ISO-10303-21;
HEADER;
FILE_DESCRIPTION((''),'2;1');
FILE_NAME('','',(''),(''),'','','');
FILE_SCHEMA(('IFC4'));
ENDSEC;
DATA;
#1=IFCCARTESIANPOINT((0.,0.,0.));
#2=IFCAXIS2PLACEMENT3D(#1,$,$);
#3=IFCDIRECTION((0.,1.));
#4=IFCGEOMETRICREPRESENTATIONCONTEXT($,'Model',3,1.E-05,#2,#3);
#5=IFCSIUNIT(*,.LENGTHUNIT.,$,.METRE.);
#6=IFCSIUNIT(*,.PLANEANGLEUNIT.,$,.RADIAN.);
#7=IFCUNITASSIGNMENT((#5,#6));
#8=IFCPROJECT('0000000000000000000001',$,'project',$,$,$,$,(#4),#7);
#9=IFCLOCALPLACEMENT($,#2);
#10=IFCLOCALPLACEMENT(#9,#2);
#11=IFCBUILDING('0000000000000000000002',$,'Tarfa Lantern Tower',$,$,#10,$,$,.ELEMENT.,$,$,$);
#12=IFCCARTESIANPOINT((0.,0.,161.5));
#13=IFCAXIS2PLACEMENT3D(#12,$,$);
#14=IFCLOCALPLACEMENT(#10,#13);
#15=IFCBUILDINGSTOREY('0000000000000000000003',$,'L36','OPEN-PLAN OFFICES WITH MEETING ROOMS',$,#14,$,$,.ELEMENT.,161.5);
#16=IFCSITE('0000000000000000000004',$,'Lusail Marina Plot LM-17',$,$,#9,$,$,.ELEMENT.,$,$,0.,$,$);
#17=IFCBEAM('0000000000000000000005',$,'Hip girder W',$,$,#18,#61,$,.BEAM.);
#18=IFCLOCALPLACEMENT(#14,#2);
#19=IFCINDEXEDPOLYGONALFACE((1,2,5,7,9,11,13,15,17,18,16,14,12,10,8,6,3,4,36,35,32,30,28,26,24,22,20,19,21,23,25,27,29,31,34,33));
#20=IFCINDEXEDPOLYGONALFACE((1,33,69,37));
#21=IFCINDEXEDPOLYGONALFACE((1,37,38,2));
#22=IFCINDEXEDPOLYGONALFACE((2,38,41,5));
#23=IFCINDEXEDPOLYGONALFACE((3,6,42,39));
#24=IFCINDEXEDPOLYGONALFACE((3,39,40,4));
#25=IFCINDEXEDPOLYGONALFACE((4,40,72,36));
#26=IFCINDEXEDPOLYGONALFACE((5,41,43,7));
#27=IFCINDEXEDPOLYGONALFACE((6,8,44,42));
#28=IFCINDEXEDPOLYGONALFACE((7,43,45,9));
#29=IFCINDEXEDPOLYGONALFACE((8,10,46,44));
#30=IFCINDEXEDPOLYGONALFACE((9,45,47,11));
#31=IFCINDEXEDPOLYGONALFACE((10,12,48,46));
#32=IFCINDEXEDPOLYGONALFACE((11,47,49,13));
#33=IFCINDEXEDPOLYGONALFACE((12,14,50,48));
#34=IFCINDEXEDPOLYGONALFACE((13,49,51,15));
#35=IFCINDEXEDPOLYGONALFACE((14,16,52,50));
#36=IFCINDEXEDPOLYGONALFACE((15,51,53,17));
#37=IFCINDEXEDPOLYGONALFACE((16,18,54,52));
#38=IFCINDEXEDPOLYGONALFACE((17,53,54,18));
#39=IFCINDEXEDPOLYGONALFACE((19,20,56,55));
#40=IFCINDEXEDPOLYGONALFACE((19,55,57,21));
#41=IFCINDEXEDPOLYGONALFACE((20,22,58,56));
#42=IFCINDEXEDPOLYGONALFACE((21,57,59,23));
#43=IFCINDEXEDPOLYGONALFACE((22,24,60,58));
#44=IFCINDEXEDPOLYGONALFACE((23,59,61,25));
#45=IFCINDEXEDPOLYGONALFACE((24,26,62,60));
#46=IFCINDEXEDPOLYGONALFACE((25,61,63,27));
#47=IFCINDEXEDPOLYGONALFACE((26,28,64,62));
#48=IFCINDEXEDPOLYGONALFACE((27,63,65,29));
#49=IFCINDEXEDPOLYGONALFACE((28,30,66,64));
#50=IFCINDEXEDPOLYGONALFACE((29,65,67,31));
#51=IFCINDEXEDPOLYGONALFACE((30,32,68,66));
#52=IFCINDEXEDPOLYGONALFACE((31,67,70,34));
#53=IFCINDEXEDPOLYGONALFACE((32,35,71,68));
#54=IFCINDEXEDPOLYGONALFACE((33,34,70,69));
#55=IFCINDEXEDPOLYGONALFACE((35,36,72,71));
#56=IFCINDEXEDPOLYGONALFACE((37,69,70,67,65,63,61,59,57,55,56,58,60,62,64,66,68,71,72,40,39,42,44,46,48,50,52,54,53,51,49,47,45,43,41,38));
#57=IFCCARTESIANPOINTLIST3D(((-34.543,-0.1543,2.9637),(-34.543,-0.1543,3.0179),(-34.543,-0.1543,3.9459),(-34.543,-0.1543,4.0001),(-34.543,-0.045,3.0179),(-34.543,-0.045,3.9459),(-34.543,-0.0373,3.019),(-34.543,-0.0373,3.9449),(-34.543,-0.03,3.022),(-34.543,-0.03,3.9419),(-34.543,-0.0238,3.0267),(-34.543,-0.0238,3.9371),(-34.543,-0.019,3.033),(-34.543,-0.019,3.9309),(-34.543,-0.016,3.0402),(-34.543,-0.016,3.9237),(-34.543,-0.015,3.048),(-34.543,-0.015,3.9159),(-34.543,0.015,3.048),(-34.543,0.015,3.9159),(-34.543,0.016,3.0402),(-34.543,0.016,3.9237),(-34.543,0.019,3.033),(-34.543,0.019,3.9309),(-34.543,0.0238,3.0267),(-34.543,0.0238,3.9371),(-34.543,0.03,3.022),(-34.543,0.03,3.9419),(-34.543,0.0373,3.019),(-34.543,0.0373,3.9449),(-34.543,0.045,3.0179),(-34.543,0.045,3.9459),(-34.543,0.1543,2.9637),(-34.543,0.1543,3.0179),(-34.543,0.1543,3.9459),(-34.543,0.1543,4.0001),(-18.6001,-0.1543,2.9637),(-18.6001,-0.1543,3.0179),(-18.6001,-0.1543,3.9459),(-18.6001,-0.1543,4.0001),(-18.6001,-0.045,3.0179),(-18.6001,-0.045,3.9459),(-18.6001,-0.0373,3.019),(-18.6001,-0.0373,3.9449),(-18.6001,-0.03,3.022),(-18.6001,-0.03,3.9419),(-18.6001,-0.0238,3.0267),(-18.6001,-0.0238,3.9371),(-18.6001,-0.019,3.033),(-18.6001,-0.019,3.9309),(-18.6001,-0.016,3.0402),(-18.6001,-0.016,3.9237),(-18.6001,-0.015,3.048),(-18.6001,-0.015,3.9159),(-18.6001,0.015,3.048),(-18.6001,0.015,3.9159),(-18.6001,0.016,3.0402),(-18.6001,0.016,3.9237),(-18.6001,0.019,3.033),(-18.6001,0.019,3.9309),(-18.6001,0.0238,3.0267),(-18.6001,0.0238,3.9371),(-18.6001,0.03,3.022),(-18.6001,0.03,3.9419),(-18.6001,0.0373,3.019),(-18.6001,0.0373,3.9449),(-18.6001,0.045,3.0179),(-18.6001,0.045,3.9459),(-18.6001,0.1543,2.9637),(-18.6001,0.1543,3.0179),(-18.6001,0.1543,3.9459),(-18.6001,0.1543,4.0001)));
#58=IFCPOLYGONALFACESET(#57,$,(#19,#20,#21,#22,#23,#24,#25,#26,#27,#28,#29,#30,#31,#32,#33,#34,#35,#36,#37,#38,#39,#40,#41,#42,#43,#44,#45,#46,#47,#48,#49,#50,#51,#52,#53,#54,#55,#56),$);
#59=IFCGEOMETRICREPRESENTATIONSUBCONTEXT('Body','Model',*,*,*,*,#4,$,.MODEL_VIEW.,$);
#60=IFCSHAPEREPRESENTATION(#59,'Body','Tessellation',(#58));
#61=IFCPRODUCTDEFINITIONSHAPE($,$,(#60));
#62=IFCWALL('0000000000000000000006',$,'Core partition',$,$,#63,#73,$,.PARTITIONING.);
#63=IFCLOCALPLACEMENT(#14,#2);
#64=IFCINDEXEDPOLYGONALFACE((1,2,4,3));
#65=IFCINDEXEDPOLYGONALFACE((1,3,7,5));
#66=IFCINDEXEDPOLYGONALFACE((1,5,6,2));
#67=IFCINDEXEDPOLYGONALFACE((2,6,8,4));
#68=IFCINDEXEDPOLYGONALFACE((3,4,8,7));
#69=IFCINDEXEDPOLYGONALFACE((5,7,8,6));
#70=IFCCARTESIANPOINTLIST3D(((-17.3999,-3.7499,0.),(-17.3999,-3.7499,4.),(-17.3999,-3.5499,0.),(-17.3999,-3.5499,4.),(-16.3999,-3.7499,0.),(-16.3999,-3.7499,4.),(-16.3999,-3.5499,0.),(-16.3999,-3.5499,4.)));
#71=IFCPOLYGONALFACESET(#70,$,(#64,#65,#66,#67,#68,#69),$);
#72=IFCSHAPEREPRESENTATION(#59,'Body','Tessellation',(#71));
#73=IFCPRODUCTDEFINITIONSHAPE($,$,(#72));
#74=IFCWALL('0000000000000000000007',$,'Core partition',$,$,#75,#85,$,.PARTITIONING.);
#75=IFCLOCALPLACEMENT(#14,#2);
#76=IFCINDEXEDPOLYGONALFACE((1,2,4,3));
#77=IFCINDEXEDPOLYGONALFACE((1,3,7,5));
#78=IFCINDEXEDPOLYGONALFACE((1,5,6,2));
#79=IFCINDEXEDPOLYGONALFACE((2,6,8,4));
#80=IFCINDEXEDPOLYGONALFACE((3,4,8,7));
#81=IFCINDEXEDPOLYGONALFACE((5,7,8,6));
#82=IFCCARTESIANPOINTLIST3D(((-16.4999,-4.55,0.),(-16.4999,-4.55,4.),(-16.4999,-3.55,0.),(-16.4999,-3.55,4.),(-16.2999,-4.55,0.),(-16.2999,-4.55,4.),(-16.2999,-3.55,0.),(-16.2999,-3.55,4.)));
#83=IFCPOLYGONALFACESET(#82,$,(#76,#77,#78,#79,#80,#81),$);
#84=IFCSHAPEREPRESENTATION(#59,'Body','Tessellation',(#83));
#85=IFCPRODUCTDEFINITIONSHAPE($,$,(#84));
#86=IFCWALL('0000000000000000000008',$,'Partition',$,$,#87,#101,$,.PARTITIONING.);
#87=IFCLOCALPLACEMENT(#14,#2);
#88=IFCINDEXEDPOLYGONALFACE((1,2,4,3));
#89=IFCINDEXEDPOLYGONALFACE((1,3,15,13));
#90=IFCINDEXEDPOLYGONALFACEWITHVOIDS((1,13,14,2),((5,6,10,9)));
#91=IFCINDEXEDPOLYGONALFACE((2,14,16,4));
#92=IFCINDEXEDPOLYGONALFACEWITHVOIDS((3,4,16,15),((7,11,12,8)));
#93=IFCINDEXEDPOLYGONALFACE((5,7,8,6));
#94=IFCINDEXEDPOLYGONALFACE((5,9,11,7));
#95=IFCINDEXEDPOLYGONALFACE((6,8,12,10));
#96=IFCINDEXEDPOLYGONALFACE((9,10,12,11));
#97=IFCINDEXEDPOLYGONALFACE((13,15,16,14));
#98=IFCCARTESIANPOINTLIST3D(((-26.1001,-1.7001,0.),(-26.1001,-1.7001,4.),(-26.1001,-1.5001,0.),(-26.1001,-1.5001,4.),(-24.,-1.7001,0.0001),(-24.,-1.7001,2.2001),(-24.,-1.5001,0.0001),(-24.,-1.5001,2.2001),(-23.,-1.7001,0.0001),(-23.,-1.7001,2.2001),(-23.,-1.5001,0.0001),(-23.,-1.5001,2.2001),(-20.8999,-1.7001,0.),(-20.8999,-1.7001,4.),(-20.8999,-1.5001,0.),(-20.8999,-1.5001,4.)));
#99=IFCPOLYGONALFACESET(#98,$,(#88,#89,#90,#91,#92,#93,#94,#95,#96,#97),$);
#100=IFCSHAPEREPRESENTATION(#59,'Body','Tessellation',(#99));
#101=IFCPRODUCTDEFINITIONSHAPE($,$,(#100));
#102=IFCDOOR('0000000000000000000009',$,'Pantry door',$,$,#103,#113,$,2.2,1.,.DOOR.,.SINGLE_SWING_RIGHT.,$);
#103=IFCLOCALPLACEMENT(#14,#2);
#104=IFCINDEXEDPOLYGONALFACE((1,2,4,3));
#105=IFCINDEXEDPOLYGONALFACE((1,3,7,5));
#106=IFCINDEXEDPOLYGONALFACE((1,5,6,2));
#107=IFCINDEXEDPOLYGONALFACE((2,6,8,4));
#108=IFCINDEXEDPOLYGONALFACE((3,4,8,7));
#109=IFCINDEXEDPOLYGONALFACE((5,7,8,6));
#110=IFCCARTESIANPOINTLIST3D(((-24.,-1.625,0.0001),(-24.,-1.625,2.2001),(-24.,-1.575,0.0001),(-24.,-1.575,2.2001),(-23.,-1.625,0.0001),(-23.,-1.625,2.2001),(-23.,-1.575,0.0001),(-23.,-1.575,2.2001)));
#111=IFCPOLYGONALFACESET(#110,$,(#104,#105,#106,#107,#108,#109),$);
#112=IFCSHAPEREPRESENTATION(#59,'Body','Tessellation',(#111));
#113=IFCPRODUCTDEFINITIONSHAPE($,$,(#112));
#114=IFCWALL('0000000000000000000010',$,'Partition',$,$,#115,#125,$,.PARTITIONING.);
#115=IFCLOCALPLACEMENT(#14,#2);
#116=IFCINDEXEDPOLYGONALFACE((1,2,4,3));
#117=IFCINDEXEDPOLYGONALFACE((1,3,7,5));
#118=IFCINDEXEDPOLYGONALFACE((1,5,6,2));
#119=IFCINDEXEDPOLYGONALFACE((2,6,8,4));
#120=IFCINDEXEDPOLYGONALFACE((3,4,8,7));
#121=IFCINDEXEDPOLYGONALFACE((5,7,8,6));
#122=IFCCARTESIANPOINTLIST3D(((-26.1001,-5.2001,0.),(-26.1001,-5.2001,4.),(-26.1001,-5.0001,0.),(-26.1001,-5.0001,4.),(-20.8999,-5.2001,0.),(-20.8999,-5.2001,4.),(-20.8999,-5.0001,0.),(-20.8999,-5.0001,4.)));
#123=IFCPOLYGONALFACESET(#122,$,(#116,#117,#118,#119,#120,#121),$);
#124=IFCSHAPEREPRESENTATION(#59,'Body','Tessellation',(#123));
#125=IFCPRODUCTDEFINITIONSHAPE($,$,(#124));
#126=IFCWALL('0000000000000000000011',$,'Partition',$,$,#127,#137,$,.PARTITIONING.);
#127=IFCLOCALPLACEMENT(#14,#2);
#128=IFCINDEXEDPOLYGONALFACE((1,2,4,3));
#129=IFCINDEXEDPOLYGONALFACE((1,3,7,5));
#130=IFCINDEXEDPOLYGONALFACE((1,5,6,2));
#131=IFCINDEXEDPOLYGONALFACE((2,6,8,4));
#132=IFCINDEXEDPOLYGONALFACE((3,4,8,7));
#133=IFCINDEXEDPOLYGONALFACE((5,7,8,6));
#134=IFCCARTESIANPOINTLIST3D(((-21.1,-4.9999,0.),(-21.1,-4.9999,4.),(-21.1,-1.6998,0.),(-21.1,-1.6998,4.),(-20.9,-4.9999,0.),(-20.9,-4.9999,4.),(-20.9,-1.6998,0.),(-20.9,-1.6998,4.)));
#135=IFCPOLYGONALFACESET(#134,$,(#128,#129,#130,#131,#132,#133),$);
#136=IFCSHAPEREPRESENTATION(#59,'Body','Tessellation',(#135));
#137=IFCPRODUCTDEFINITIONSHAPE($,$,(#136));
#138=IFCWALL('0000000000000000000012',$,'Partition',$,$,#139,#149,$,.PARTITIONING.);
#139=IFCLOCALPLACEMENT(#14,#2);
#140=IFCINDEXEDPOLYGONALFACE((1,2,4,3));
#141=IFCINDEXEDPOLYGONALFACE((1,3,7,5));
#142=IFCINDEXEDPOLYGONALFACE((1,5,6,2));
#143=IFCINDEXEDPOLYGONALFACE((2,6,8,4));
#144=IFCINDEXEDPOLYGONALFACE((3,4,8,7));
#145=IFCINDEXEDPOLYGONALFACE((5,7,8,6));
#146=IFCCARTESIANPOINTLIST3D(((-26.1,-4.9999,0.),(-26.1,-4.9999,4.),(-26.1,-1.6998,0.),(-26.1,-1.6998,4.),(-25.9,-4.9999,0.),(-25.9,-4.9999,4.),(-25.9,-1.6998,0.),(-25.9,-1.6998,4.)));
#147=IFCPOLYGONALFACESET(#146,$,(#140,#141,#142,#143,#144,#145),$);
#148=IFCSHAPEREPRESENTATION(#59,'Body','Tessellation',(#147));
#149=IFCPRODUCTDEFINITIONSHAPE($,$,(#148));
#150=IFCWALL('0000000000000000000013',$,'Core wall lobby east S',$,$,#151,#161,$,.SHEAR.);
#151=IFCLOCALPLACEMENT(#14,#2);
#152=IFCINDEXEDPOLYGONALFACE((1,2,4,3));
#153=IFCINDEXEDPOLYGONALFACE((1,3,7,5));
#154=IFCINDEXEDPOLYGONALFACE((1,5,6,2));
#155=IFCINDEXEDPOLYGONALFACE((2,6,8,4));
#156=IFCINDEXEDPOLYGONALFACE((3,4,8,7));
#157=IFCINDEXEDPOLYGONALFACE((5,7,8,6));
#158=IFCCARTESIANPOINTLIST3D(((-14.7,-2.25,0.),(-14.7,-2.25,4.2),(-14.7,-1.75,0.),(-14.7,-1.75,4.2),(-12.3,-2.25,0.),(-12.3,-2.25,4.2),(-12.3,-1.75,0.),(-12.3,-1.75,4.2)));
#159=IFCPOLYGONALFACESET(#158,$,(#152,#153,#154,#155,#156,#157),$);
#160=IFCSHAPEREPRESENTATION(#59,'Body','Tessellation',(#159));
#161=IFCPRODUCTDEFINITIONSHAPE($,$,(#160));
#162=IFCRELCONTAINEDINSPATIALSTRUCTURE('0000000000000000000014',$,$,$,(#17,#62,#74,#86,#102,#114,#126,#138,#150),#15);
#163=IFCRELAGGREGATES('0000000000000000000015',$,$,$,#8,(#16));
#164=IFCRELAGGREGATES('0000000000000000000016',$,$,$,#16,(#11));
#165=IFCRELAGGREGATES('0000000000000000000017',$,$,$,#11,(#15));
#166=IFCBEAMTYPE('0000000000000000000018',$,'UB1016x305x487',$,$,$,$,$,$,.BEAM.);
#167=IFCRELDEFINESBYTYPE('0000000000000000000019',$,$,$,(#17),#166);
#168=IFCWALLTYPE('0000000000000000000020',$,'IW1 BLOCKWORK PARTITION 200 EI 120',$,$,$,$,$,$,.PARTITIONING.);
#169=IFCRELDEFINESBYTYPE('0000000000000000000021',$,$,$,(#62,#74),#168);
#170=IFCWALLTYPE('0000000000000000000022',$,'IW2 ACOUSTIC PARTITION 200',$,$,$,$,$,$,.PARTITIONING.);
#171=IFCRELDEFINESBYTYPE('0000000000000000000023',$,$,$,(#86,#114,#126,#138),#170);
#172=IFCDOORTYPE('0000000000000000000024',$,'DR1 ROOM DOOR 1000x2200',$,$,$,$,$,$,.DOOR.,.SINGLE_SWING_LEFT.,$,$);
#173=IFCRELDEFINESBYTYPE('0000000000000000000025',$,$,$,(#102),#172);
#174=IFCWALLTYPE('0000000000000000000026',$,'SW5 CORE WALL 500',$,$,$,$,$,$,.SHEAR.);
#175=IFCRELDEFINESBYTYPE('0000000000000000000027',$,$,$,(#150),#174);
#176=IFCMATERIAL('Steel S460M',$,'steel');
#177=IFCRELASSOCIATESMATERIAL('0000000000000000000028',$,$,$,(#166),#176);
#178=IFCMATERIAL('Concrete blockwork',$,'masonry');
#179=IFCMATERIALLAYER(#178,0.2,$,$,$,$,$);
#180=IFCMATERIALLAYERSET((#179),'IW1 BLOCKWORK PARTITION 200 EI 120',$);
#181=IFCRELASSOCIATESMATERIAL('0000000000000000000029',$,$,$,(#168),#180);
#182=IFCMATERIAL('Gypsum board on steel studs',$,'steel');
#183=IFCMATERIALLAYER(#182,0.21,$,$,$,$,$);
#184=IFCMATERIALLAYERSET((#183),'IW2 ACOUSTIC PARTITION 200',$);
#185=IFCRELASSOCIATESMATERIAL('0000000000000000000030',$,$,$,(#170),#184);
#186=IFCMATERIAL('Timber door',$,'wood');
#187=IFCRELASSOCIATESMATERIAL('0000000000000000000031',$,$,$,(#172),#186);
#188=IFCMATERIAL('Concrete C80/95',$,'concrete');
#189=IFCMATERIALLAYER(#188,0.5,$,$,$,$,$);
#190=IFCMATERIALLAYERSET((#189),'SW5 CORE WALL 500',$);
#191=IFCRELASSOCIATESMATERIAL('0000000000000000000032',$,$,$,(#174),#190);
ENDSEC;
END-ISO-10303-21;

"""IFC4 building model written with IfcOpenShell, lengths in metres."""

from ifc_helpers import new_model, si_unit, direction, frame, frame_2d, origin, origin_2d, place, context, subcontext, project, spatial, rectangle, i_section, extrude, material, layer, layer_set, material_profile, profile_set, type_object, element, fill, save


model = new_model("IFC4")

# Units and contexts
model_context = context("Model", 3, precision=1e-05, world=origin(), true_north=direction((0.0, 1.0)))
body_context = subcontext(model_context, "Body", "Model", "MODEL_VIEW")
ifc_project = project(units=[si_unit("LENGTHUNIT", "METRE"), si_unit("PLANEANGLEUNIT", "RADIAN")], contexts=[model_context])

# Site, building, storey
site_placement = place(None, origin())
site = spatial("IfcSite", under=ifc_project, at=site_placement, Name="Lusail Marina Plot LM-17", CompositionType="ELEMENT", RefElevation=0.0)
building_placement = place(site_placement, origin())
building = spatial("IfcBuilding", under=site, at=building_placement, Name="Tarfa Lantern Tower", CompositionType="ELEMENT")
storey_placement = place(building_placement, frame((0.0, 0.0, 161.5)))
storey = spatial("IfcBuildingStorey", under=building, at=storey_placement, Name="L36", Description="OPEN-PLAN OFFICES WITH MEETING ROOMS", CompositionType="ELEMENT", Elevation=161.5)

# Beam
ifc_material_1 = material(Name="Steel S460M", Category="steel")
ifc_material_profile = material_profile(ifc_material_1, i_section(OverallWidth=0.3086, OverallDepth=1.0364, WebThickness=0.03, FlangeThickness=0.0542, FilletRadius=0.03, at=origin_2d()), Name="UB1016x305x487")
ifc_profile_set = profile_set([ifc_material_profile], Name="Steel S460M")
beam_type = type_object("IfcBeamType", Name="UB1016x305x487", PredefinedType="BEAM", material=ifc_profile_set)
beam_placement = place(storey_placement, frame((-18.6001, 0.0, 3.4819), z_axis=(-1.0, 0.0, 0.0), x_axis=(0.0, -1.0, 0.0)))
element("IfcBeam", 1, at=beam_placement, inside=storey, type_object=beam_type, Name="Hip girder W", PredefinedType="BEAM", context=body_context, shape_type="SweptSolid", body=[
    extrude(i_section(OverallWidth=0.3086, OverallDepth=1.0364, WebThickness=0.03, FlangeThickness=0.0542, FilletRadius=0.03, at=origin_2d()), origin(), (0.0, 0.0, 1.0), 15.9429),
])

# Walls
ifc_material_2 = material(Name="Concrete blockwork", Category="masonry")
ifc_layer_1 = layer(ifc_material_2, 0.2)
ifc_layer_set_1 = layer_set([ifc_layer_1], Name="IW1 BLOCKWORK PARTITION 200 EI 120")
wall_type_1 = type_object("IfcWallType", Name="IW1 BLOCKWORK PARTITION 200 EI 120", PredefinedType="PARTITIONING", material=ifc_layer_set_1)
for number, where, z_axis, x_axis, name in (
    (2, (-16.3999, -3.6499, 0.0), (0.0, 0.0, 1.0), (-1.0, 0.0, 0.0), "Core partition"),
    (3, (-16.3999, -3.55, 0.0), (0.0, 0.0, 1.0), (0.0, -1.0, 0.0), "Core partition"),
):
    element("IfcWall", number, at=place(storey_placement, frame(where, z_axis=z_axis, x_axis=x_axis)), inside=storey, type_object=wall_type_1, Name=name, PredefinedType="PARTITIONING", context=body_context, shape_type="SweptSolid", body=[
        extrude(rectangle(XDim=1.0, YDim=0.2, at=frame_2d((0.5, 0.0))), origin(), (0.0, 0.0, 1.0), 4.0),
    ])

# Wall, opening, door
ifc_material_3 = material(Name="Gypsum board on steel studs", Category="steel")
ifc_layer_2 = layer(ifc_material_3, 0.21)
ifc_layer_set_2 = layer_set([ifc_layer_2], Name="IW2 ACOUSTIC PARTITION 200")
wall_type_2 = type_object("IfcWallType", Name="IW2 ACOUSTIC PARTITION 200", PredefinedType="PARTITIONING", material=ifc_layer_set_2)
wall_1_placement = place(storey_placement, frame((-20.8999, -1.6001, 0.0), z_axis=(0.0, 0.0, 1.0), x_axis=(-1.0, 0.0, 0.0)))
wall_1 = element("IfcWall", 4, at=wall_1_placement, inside=storey, type_object=wall_type_2, Name="Partition", PredefinedType="PARTITIONING", context=body_context, shape_type="SweptSolid", body=[
    extrude(rectangle(XDim=5.2002, YDim=0.2, at=frame_2d((2.6001, 0.0))), origin(), (0.0, 0.0, 1.0), 4.0),
])
opening_1_placement = place(wall_1_placement, frame((2.1001, 0.0, 0.0)))
opening_1 = element("IfcOpeningElement", 5, at=opening_1_placement, cuts=wall_1, PredefinedType="OPENING", context=body_context, shape_type="SweptSolid", body=[
    extrude(rectangle(XDim=1.0, YDim=2.2, at=frame_2d((0.5, 1.1001))), frame((0.0, 0.1099, 0.0), z_axis=(0.0, -1.0, 0.0), x_axis=(1.0, 0.0, 0.0)), (0.0, 0.0, 1.0), 0.22),
])
ifc_material_4 = material(Name="Timber door", Category="wood")
door_type_1 = type_object("IfcDoorType", Name="DR1 ROOM DOOR 1000x2200", OperationType="SINGLE_SWING_LEFT", PredefinedType="DOOR", material=ifc_material_4)
door_1_placement = place(opening_1_placement, origin())
door_1 = element("IfcDoor", 6, at=door_1_placement, inside=storey, type_object=door_type_1, Name="Pantry door", OperationType="SINGLE_SWING_RIGHT", OverallHeight=2.2, OverallWidth=1.0, PredefinedType="DOOR", context=body_context, shape_type="SweptSolid", body=[
    extrude(rectangle(XDim=1.0, YDim=2.2, at=frame_2d((0.5, 1.1001))), frame((0.0, 0.0249, 0.0), z_axis=(0.0, -1.0, 0.0), x_axis=(1.0, 0.0, 0.0)), (0.0, 0.0, 1.0), 0.05),
])
fill(opening_1, door_1)

# Walls
wall_2_placement = place(storey_placement, frame((-20.8999, -5.1001, 0.0), z_axis=(0.0, 0.0, 1.0), x_axis=(-1.0, 0.0, 0.0)))
element("IfcWall", 7, at=wall_2_placement, inside=storey, type_object=wall_type_2, Name="Partition", PredefinedType="PARTITIONING", context=body_context, shape_type="SweptSolid", body=[
    extrude(rectangle(XDim=5.2002, YDim=0.2, at=frame_2d((2.6001, 0.0))), origin(), (0.0, 0.0, 1.0), 4.0),
])
for number, where, z_axis, x_axis, name in (
    (8, (-21.0, -1.7, 0.0), (0.0, 0.0, 1.0), (0.0, -1.0, 0.0), "Partition"),
    (9, (-26.0, -1.7, 0.0), (0.0, 0.0, 1.0), (0.0, -1.0, 0.0), "Partition"),
):
    element("IfcWall", number, at=place(storey_placement, frame(where, z_axis=z_axis, x_axis=x_axis)), inside=storey, type_object=wall_type_2, Name=name, PredefinedType="PARTITIONING", context=body_context, shape_type="SweptSolid", body=[
        extrude(rectangle(XDim=3.3, YDim=0.2, at=frame_2d((1.6499, 0.0))), origin(), (0.0, 0.0, 1.0), 4.0),
    ])
ifc_material_5 = material(Name="Concrete C80/95", Category="concrete")
ifc_layer_3 = layer(ifc_material_5, 0.5)
ifc_layer_set_3 = layer_set([ifc_layer_3], Name="SW5 CORE WALL 500")
wall_type_3 = type_object("IfcWallType", Name="SW5 CORE WALL 500", PredefinedType="SHEAR", material=ifc_layer_set_3)
wall_3_placement = place(storey_placement, frame((-12.3, -2.0, 0.0), z_axis=(0.0, 0.0, 1.0), x_axis=(-1.0, 0.0, 0.0)))
element("IfcWall", 10, at=wall_3_placement, inside=storey, type_object=wall_type_3, Name="Core wall lobby east S", PredefinedType="SHEAR", context=body_context, shape_type="SweptSolid", body=[
    extrude(rectangle(XDim=2.3999, YDim=0.5, at=frame_2d((1.2, 0.0))), origin(), (0.0, 0.0, 1.0), 4.2),
])

save(model, "model.ifc")
